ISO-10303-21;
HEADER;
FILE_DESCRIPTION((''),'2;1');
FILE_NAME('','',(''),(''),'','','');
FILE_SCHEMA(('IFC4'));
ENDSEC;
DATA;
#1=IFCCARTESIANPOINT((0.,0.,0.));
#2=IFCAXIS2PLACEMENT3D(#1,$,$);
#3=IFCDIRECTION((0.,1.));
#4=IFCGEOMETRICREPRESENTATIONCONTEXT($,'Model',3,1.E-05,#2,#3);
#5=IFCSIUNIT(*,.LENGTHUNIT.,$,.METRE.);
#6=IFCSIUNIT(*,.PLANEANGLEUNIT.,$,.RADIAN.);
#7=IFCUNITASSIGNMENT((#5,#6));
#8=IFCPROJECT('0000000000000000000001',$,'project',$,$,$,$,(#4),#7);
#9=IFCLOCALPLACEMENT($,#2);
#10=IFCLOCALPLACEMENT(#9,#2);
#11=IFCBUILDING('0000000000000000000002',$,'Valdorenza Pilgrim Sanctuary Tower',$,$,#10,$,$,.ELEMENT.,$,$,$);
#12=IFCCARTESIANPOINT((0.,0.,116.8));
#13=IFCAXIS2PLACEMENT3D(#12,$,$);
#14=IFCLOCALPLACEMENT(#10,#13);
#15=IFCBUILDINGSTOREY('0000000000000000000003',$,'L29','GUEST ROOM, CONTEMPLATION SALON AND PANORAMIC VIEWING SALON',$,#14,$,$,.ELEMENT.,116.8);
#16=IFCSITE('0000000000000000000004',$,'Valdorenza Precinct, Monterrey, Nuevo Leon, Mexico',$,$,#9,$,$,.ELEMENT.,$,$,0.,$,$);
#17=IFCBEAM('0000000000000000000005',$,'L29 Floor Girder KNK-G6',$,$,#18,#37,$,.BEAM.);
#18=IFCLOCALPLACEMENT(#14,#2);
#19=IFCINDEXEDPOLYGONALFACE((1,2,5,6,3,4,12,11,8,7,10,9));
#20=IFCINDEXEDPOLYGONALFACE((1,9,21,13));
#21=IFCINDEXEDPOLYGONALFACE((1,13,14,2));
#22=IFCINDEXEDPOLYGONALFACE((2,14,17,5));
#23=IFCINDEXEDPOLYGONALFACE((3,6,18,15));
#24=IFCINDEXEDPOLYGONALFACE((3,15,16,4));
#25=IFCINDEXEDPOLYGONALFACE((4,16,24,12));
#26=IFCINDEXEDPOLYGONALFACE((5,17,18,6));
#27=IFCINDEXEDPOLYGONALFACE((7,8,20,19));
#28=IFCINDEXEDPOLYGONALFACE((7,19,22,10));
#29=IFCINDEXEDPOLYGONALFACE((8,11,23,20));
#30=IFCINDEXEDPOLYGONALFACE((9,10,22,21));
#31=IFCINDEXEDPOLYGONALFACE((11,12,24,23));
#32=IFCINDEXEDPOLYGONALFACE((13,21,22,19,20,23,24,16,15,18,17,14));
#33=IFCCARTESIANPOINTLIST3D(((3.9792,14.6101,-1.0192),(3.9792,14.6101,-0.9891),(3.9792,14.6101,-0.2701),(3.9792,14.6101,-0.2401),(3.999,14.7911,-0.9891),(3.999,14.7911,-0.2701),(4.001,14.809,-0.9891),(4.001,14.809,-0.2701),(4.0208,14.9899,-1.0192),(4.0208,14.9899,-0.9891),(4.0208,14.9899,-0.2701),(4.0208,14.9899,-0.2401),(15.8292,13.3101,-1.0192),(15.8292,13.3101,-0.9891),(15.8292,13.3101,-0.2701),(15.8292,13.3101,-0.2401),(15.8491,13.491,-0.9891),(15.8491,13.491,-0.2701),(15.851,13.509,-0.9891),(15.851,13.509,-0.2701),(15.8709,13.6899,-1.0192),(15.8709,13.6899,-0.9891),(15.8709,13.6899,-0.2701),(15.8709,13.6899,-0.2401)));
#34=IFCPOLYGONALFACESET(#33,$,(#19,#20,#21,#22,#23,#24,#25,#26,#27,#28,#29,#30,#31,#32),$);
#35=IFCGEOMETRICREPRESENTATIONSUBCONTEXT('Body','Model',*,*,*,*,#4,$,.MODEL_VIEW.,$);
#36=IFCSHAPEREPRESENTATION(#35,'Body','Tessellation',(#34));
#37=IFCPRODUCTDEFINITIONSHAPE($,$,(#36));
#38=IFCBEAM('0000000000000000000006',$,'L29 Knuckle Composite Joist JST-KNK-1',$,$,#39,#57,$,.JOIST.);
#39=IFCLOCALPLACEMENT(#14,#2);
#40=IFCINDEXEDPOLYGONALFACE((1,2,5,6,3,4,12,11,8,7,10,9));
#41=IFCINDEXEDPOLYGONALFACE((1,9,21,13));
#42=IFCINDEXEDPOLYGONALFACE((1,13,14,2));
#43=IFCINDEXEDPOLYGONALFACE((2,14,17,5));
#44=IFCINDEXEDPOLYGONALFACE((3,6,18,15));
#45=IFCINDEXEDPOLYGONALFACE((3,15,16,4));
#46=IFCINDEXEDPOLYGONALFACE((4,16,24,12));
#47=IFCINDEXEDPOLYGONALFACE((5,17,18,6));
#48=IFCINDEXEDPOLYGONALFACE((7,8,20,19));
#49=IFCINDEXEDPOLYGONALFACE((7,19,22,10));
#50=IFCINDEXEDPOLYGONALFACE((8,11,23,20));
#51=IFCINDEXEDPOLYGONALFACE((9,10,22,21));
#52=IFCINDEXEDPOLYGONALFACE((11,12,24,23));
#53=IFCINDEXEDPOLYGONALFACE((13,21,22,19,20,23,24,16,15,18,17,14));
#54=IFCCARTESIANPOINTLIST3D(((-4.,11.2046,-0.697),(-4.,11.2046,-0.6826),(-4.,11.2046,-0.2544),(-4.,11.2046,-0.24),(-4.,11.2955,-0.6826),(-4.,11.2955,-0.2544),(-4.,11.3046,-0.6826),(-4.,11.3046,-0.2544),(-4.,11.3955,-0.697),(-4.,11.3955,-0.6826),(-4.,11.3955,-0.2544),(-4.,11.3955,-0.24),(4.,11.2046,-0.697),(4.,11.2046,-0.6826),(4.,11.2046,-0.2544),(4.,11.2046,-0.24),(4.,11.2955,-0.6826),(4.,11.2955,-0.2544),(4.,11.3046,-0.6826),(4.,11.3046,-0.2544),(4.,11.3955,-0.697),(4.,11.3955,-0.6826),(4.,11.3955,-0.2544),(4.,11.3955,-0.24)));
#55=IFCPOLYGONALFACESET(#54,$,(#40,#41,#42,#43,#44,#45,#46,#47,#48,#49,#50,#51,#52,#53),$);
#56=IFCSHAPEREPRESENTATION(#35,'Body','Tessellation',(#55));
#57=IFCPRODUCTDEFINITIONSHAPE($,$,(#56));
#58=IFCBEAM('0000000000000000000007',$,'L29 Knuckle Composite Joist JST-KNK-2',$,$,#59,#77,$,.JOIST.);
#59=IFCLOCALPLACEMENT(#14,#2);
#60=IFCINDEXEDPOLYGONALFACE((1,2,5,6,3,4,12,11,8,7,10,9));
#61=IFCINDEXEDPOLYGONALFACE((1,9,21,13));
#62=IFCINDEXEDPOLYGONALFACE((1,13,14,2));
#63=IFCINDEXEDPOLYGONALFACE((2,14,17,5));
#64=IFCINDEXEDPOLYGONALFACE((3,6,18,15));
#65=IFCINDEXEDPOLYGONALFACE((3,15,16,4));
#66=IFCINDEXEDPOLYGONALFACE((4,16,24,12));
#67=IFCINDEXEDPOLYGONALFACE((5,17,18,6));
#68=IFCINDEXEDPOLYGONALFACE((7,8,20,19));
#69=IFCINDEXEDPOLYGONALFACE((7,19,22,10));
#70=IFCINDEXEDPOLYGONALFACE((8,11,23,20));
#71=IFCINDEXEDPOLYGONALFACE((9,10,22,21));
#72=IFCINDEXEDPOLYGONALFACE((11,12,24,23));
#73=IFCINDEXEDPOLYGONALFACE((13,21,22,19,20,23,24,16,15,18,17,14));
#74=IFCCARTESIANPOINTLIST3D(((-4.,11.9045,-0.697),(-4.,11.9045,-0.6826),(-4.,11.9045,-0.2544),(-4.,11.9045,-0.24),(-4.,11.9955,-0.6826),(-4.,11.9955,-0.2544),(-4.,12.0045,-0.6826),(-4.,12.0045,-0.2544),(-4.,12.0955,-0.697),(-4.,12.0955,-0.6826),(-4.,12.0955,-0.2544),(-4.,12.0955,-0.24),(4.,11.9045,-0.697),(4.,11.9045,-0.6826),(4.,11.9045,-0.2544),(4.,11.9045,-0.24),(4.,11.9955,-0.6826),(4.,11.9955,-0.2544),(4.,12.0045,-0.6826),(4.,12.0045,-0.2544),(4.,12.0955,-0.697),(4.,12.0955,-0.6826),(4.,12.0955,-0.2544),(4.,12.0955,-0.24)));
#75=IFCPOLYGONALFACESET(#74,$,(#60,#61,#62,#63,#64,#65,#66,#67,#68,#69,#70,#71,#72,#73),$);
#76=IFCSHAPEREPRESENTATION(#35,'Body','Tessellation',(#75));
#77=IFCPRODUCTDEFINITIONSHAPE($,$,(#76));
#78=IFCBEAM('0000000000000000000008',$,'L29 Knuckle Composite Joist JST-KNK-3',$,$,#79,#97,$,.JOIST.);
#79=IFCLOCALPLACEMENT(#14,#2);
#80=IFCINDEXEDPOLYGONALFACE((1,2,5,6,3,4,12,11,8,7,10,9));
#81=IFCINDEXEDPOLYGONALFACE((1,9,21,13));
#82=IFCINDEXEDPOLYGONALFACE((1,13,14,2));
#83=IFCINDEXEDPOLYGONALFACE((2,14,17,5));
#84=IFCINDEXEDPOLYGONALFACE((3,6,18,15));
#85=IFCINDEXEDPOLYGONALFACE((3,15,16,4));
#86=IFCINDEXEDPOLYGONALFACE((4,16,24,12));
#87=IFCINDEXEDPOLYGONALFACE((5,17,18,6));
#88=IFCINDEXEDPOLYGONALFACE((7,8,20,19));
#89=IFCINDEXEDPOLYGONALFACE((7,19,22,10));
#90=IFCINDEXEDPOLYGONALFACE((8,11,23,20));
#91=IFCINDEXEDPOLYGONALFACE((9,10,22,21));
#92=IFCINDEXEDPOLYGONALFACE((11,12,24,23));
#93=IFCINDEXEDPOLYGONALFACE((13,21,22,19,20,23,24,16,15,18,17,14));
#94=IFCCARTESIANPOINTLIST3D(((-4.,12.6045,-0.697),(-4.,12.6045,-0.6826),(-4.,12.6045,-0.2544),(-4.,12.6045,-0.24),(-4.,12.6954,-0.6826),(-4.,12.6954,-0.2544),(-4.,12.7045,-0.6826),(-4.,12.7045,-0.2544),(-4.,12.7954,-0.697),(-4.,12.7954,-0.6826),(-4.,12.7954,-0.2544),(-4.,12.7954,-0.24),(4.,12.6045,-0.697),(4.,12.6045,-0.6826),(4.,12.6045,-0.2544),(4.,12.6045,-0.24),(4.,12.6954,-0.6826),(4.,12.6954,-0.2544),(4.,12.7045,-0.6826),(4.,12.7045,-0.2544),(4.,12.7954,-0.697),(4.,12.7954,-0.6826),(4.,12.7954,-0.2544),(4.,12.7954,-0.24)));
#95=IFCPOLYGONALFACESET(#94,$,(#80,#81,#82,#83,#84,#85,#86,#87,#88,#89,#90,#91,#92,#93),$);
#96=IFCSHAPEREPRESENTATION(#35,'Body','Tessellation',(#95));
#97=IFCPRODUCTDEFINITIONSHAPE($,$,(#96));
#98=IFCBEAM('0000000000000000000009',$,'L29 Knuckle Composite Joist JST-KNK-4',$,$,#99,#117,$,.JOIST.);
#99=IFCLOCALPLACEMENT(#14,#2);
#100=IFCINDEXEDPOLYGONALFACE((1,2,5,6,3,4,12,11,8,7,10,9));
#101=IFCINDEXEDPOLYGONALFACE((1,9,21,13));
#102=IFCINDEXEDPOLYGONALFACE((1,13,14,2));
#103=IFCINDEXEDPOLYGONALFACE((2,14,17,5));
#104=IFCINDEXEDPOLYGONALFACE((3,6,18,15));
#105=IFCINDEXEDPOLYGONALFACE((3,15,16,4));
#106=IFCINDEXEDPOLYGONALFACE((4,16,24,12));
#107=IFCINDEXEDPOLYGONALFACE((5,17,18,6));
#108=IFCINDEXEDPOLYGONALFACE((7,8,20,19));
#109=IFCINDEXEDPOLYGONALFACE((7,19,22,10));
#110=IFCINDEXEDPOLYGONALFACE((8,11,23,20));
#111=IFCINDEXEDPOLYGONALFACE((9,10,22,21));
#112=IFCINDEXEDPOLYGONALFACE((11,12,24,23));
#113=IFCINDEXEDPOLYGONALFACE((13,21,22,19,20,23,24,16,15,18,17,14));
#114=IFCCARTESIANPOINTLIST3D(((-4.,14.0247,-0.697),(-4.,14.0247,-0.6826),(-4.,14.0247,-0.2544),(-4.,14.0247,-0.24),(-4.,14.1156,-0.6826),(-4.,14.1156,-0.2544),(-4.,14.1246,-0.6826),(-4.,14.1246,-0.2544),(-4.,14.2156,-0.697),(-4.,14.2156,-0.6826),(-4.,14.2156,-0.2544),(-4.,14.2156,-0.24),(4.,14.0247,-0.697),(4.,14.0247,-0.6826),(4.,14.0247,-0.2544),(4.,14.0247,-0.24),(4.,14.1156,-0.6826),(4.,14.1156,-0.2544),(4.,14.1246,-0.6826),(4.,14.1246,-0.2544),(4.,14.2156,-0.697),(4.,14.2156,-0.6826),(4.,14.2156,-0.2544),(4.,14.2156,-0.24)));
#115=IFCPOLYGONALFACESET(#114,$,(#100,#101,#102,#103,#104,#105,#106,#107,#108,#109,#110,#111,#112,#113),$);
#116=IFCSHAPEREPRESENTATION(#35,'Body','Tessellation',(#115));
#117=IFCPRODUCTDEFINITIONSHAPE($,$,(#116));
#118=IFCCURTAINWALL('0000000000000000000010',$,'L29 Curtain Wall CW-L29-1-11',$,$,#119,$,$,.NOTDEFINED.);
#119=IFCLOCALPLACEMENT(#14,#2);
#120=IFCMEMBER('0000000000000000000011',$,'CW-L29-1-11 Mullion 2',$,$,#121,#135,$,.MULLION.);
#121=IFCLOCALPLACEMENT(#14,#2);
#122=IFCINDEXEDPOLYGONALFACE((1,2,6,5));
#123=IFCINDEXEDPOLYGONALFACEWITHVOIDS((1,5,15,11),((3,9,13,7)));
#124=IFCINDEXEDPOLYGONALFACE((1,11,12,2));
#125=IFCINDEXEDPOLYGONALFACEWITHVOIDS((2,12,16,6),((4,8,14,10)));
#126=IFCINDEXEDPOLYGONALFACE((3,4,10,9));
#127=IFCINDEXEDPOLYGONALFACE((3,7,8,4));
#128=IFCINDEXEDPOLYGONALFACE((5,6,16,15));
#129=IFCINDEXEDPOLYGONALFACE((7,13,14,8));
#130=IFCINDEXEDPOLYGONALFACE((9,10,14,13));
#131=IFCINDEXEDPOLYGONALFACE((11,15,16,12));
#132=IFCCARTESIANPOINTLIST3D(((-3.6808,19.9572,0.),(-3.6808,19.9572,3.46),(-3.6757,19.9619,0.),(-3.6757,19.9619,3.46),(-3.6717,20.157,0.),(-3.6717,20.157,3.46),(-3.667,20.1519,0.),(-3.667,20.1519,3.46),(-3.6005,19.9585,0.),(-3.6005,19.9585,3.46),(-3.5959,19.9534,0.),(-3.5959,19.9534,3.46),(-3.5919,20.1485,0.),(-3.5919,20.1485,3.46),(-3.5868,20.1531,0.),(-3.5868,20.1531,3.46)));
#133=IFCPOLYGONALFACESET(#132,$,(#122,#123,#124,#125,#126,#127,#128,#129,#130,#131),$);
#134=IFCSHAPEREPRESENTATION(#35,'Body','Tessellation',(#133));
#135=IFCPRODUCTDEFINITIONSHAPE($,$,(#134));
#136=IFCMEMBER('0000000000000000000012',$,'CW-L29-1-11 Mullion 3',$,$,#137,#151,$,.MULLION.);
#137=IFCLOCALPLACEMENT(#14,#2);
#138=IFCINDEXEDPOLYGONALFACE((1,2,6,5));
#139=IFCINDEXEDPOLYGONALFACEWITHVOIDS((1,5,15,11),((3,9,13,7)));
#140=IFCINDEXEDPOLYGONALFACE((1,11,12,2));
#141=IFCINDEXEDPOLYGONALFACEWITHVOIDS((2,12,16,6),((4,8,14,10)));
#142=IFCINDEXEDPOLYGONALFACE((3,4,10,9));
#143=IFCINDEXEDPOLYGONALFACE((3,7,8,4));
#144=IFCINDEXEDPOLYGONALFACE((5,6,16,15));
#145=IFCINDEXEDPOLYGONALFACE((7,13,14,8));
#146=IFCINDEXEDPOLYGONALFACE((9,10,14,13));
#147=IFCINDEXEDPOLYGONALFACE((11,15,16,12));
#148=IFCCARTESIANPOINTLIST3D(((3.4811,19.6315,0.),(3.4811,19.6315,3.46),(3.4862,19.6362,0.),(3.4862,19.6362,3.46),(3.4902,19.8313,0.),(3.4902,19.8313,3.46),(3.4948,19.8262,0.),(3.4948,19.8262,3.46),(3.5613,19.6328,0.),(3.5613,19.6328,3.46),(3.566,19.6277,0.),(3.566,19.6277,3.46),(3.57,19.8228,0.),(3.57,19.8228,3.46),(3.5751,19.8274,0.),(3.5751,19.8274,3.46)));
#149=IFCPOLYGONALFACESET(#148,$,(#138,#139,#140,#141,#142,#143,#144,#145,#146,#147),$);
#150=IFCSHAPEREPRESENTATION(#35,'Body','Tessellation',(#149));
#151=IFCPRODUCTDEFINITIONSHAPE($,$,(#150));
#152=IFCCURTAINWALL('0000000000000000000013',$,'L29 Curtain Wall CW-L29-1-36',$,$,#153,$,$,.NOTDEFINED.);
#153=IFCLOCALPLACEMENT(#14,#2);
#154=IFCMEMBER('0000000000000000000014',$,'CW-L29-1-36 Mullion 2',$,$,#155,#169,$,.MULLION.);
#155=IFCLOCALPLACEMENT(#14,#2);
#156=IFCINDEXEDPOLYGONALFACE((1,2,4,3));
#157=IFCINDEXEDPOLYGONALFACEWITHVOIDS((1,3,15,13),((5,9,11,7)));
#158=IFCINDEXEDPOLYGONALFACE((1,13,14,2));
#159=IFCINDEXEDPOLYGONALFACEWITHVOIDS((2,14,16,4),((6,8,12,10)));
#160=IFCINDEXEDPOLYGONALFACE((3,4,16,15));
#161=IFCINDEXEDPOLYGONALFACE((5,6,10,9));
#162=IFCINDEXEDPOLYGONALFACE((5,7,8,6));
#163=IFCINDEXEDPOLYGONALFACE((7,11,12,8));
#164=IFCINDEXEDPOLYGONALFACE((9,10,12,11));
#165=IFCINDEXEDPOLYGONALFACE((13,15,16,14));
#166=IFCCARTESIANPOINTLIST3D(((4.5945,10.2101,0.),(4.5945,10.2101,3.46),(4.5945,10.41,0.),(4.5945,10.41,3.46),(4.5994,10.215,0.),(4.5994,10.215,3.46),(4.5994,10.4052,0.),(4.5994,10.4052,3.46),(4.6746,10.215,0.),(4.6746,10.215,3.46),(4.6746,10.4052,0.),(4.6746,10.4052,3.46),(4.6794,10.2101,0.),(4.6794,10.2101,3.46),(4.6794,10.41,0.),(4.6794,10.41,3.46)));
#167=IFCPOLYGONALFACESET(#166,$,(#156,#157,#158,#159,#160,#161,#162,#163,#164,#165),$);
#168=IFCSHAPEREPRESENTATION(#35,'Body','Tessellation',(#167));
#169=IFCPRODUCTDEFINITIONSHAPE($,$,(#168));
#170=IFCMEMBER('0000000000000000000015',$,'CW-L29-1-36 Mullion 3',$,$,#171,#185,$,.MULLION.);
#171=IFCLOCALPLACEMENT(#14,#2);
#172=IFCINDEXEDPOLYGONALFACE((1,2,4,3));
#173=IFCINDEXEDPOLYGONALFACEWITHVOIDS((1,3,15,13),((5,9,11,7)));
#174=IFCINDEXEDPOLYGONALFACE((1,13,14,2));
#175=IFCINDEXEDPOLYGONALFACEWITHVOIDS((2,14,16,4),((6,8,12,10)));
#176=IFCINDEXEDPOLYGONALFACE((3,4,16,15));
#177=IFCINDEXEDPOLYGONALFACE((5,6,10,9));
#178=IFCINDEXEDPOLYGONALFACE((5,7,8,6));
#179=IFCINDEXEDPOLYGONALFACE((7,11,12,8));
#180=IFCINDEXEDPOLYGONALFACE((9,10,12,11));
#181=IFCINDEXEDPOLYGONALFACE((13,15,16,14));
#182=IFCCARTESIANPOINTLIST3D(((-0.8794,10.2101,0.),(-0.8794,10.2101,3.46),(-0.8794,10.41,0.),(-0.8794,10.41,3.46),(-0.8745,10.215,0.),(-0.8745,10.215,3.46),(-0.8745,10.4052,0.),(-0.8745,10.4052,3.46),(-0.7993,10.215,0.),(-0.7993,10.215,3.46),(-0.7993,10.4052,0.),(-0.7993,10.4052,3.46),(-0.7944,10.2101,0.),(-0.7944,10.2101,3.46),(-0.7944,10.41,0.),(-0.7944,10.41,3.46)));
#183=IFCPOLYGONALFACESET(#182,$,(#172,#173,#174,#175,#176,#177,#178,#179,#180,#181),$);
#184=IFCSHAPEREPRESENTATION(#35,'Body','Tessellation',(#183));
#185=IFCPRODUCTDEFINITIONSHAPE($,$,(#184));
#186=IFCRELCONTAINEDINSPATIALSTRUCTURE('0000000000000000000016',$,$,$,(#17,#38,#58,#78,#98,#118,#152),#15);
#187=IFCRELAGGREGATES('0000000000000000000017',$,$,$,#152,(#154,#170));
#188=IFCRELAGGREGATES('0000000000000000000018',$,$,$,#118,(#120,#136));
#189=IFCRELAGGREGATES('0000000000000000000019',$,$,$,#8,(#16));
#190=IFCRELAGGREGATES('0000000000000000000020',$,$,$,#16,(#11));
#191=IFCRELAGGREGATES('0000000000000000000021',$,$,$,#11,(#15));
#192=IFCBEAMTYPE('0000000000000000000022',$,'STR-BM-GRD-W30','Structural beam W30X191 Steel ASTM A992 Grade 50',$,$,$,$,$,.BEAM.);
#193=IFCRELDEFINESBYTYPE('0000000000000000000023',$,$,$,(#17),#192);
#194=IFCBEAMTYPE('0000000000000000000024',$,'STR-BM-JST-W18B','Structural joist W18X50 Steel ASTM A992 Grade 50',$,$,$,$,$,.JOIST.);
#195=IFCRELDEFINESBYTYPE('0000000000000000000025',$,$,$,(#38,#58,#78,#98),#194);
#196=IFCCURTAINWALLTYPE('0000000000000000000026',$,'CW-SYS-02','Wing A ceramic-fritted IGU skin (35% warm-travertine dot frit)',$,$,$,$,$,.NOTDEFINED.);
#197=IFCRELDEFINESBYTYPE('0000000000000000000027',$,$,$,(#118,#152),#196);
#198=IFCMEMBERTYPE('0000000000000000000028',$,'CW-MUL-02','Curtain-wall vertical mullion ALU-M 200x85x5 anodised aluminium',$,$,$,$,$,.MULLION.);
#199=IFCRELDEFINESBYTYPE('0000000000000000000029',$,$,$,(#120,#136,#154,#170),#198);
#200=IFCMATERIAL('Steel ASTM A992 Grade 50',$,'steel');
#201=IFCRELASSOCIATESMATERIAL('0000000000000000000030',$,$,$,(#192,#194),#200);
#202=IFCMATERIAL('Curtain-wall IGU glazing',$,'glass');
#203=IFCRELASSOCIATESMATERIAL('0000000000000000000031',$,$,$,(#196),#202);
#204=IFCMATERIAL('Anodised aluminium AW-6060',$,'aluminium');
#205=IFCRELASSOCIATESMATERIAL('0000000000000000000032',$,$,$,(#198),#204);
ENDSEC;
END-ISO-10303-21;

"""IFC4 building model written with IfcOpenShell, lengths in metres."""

from ifc_helpers import new_model, si_unit, direction, frame, origin, origin_2d, place, context, subcontext, project, spatial, hollow_rectangle, i_section, extrude, source, transform, mapped, material, material_profile, profile_set, type_object, element, aggregate, save


model = new_model("IFC4")

# Units and contexts
model_context = context("Model", 3, precision=1e-05, world=origin(), true_north=direction((0.0, 1.0)))
body_context = subcontext(model_context, "Body", "Model", "MODEL_VIEW")
ifc_project = project(units=[si_unit("LENGTHUNIT", "METRE"), si_unit("PLANEANGLEUNIT", "RADIAN")], contexts=[model_context])

# Site, building, storey
site_placement = place(None, origin())
site = spatial("IfcSite", under=ifc_project, at=site_placement, Name="Valdorenza Precinct, Monterrey, Nuevo Leon, Mexico", CompositionType="ELEMENT", RefElevation=0.0)
building_placement = place(site_placement, origin())
building = spatial("IfcBuilding", under=site, at=building_placement, Name="Valdorenza Pilgrim Sanctuary Tower", CompositionType="ELEMENT")
storey_placement = place(building_placement, frame((0.0, 0.0, 116.8)))
storey = spatial("IfcBuildingStorey", under=building, at=storey_placement, Name="L29", Description="GUEST ROOM, CONTEMPLATION SALON AND PANORAMIC VIEWING SALON", CompositionType="ELEMENT", Elevation=116.8)

# Shared definitions
ifc_material_1 = material(Name="Steel ASTM A992 Grade 50", Category="steel")

# Beams
ifc_material_profile_1 = material_profile(ifc_material_1, i_section(OverallWidth=0.3821, OverallDepth=0.7791, WebThickness=0.0181, FlangeThickness=0.03, at=origin_2d()), Name="W30X191")
ifc_profile_set_1 = profile_set([ifc_material_profile_1], Name="Steel ASTM A992 Grade 50")
beam_type_1 = type_object("IfcBeamType", Name="STR-BM-GRD-W30", Description="Structural beam W30X191 Steel ASTM A992 Grade 50", PredefinedType="BEAM", material=ifc_profile_set_1)
shared_shape_1 = source(origin(), body_context, "Body", "SweptSolid", [
    extrude(i_section(OverallWidth=0.3821, OverallDepth=0.7791, WebThickness=0.0181, FlangeThickness=0.03, at=origin_2d()), origin(), (0.0, 0.0, 1.0), 11.9211),
])
beam_1_placement = place(storey_placement, frame((4.0, 14.8, -0.6296), z_axis=(0.994036, -0.109054, 0.0), x_axis=(0.109054, 0.994036, 0.0)))
element("IfcBeam", 1, at=beam_1_placement, inside=storey, type_object=beam_type_1, Name="L29 Floor Girder KNK-G6", PredefinedType="BEAM", context=body_context, shape_type="MappedRepresentation", body=[
    mapped(shared_shape_1, transform((0.0, 0.0, 0.0), x_axis=(1.0, 0.0, 0.0), y_axis=(0.0, 1.0, 0.0), z_axis=(0.0, 0.0, 1.0), scale=1.0)),
])
ifc_material_profile_2 = material_profile(ifc_material_1, i_section(OverallWidth=0.1909, OverallDepth=0.457, WebThickness=0.009, FlangeThickness=0.0144, at=origin_2d()), Name="W18X50")
ifc_profile_set_2 = profile_set([ifc_material_profile_2], Name="Steel ASTM A992 Grade 50")
beam_type_2 = type_object("IfcBeamType", Name="STR-BM-JST-W18B", Description="Structural joist W18X50 Steel ASTM A992 Grade 50", PredefinedType="JOIST", material=ifc_profile_set_2)
shared_shape_2 = source(origin(), body_context, "Body", "SweptSolid", [
    extrude(i_section(OverallWidth=0.1909, OverallDepth=0.457, WebThickness=0.009, FlangeThickness=0.0144, at=origin_2d()), origin(), (0.0, 0.0, 1.0), 8.0),
])
for number, where, z_axis, x_axis, name in (
    (2, (-4.0, 11.3, -0.4685), (1.0, 0.0, 0.0), (0.0, 1.0, 0.0), "L29 Knuckle Composite Joist JST-KNK-1"),
    (3, (-4.0, 12.0, -0.4685), (1.0, 0.0, 0.0), (0.0, 1.0, 0.0), "L29 Knuckle Composite Joist JST-KNK-2"),
    (4, (-4.0, 12.7, -0.4685), (1.0, 0.0, 0.0), (0.0, 1.0, 0.0), "L29 Knuckle Composite Joist JST-KNK-3"),
    (5, (-4.0, 14.1201, -0.4685), (1.0, 0.0, 0.0), (0.0, 1.0, 0.0), "L29 Knuckle Composite Joist JST-KNK-4"),
):
    element("IfcBeam", number, at=place(storey_placement, frame(where, z_axis=z_axis, x_axis=x_axis)), inside=storey, type_object=beam_type_2, Name=name, PredefinedType="JOIST", context=body_context, shape_type="MappedRepresentation", body=[
        mapped(shared_shape_2, transform((0.0, 0.0, 0.0), x_axis=(1.0, 0.0, 0.0), y_axis=(0.0, 1.0, 0.0), z_axis=(0.0, 0.0, 1.0), scale=1.0)),
    ])

# Curtain wall, members
ifc_material_2 = material(Name="Curtain-wall IGU glazing", Category="glass")
curtain_wall_type = type_object("IfcCurtainWallType", Name="CW-SYS-02", Description="Wing A ceramic-fritted IGU skin (35% warm-travertine dot frit)", PredefinedType="NOTDEFINED", material=ifc_material_2)
curtain_wall_1_placement = place(storey_placement, origin())
curtain_wall_1 = element("IfcCurtainWall", 6, at=curtain_wall_1_placement, inside=storey, type_object=curtain_wall_type, Name="L29 Curtain Wall CW-L29-1-11", PredefinedType="NOTDEFINED")
ifc_material_3 = material(Name="Anodised aluminium AW-6060", Category="aluminium")
ifc_material_profile_3 = material_profile(ifc_material_3, hollow_rectangle(XDim=0.085, YDim=0.2, WallThickness=0.0049, at=origin_2d()), Name="ALU-M 200x85x5")
ifc_profile_set_3 = profile_set([ifc_material_profile_3], Name="Anodised aluminium AW-6060")
member_type = type_object("IfcMemberType", Name="CW-MUL-02", Description="Curtain-wall vertical mullion ALU-M 200x85x5 anodised aluminium", PredefinedType="MULLION", material=ifc_profile_set_3)
shared_shape_3 = source(origin(), body_context, "Body", "SweptSolid", [
    extrude(hollow_rectangle(XDim=0.085, YDim=0.2, WallThickness=0.0049, at=origin_2d()), origin(), (0.0, 0.0, 1.0), 3.46),
])
member_1_placement = place(storey_placement, frame((-3.6338, 20.0552, 0.0), z_axis=(0.0, 0.0, 1.0), x_axis=(0.998968, -0.045415, 0.0)))
member_1 = element("IfcMember", 7, at=member_1_placement, type_object=member_type, Name="CW-L29-1-11 Mullion 2", PredefinedType="MULLION", context=body_context, shape_type="MappedRepresentation", body=[
    mapped(shared_shape_3, transform((0.0, 0.0, 0.0), x_axis=(1.0, 0.0, 0.0), y_axis=(0.0, 1.0, 0.0), z_axis=(0.0, 0.0, 1.0), scale=1.0)),
])
member_2_placement = place(storey_placement, frame((3.5281, 19.7295, 0.0), z_axis=(0.0, 0.0, 1.0), x_axis=(0.998968, -0.045415, 0.0)))
member_2 = element("IfcMember", 8, at=member_2_placement, type_object=member_type, Name="CW-L29-1-11 Mullion 3", PredefinedType="MULLION", context=body_context, shape_type="MappedRepresentation", body=[
    mapped(shared_shape_3, transform((0.0, 0.0, 0.0), x_axis=(1.0, 0.0, 0.0), y_axis=(0.0, 1.0, 0.0), z_axis=(0.0, 0.0, 1.0), scale=1.0)),
])

# Curtain wall, members
curtain_wall_2_placement = place(storey_placement, origin())
curtain_wall_2 = element("IfcCurtainWall", 9, at=curtain_wall_2_placement, inside=storey, type_object=curtain_wall_type, Name="L29 Curtain Wall CW-L29-1-36", PredefinedType="NOTDEFINED")
member_3_placement = place(storey_placement, frame((4.637, 10.3101, 0.0), z_axis=(0.0, 0.0, 1.0), x_axis=(-1.0, 0.0, 0.0)))
member_3 = element("IfcMember", 10, at=member_3_placement, type_object=member_type, Name="CW-L29-1-36 Mullion 2", PredefinedType="MULLION", context=body_context, shape_type="MappedRepresentation", body=[
    mapped(shared_shape_3, transform((0.0, 0.0, 0.0), x_axis=(1.0, 0.0, 0.0), y_axis=(0.0, 1.0, 0.0), z_axis=(0.0, 0.0, 1.0), scale=1.0)),
])
member_4_placement = place(storey_placement, frame((-0.8369, 10.3101, 0.0), z_axis=(0.0, 0.0, 1.0), x_axis=(-1.0, 0.0, 0.0)))
member_4 = element("IfcMember", 11, at=member_4_placement, type_object=member_type, Name="CW-L29-1-36 Mullion 3", PredefinedType="MULLION", context=body_context, shape_type="MappedRepresentation", body=[
    mapped(shared_shape_3, transform((0.0, 0.0, 0.0), x_axis=(1.0, 0.0, 0.0), y_axis=(0.0, 1.0, 0.0), z_axis=(0.0, 0.0, 1.0), scale=1.0)),
])
aggregate(curtain_wall_2, [member_3, member_4])

aggregate(curtain_wall_1, [member_1, member_2])

save(model, "model.ifc")
